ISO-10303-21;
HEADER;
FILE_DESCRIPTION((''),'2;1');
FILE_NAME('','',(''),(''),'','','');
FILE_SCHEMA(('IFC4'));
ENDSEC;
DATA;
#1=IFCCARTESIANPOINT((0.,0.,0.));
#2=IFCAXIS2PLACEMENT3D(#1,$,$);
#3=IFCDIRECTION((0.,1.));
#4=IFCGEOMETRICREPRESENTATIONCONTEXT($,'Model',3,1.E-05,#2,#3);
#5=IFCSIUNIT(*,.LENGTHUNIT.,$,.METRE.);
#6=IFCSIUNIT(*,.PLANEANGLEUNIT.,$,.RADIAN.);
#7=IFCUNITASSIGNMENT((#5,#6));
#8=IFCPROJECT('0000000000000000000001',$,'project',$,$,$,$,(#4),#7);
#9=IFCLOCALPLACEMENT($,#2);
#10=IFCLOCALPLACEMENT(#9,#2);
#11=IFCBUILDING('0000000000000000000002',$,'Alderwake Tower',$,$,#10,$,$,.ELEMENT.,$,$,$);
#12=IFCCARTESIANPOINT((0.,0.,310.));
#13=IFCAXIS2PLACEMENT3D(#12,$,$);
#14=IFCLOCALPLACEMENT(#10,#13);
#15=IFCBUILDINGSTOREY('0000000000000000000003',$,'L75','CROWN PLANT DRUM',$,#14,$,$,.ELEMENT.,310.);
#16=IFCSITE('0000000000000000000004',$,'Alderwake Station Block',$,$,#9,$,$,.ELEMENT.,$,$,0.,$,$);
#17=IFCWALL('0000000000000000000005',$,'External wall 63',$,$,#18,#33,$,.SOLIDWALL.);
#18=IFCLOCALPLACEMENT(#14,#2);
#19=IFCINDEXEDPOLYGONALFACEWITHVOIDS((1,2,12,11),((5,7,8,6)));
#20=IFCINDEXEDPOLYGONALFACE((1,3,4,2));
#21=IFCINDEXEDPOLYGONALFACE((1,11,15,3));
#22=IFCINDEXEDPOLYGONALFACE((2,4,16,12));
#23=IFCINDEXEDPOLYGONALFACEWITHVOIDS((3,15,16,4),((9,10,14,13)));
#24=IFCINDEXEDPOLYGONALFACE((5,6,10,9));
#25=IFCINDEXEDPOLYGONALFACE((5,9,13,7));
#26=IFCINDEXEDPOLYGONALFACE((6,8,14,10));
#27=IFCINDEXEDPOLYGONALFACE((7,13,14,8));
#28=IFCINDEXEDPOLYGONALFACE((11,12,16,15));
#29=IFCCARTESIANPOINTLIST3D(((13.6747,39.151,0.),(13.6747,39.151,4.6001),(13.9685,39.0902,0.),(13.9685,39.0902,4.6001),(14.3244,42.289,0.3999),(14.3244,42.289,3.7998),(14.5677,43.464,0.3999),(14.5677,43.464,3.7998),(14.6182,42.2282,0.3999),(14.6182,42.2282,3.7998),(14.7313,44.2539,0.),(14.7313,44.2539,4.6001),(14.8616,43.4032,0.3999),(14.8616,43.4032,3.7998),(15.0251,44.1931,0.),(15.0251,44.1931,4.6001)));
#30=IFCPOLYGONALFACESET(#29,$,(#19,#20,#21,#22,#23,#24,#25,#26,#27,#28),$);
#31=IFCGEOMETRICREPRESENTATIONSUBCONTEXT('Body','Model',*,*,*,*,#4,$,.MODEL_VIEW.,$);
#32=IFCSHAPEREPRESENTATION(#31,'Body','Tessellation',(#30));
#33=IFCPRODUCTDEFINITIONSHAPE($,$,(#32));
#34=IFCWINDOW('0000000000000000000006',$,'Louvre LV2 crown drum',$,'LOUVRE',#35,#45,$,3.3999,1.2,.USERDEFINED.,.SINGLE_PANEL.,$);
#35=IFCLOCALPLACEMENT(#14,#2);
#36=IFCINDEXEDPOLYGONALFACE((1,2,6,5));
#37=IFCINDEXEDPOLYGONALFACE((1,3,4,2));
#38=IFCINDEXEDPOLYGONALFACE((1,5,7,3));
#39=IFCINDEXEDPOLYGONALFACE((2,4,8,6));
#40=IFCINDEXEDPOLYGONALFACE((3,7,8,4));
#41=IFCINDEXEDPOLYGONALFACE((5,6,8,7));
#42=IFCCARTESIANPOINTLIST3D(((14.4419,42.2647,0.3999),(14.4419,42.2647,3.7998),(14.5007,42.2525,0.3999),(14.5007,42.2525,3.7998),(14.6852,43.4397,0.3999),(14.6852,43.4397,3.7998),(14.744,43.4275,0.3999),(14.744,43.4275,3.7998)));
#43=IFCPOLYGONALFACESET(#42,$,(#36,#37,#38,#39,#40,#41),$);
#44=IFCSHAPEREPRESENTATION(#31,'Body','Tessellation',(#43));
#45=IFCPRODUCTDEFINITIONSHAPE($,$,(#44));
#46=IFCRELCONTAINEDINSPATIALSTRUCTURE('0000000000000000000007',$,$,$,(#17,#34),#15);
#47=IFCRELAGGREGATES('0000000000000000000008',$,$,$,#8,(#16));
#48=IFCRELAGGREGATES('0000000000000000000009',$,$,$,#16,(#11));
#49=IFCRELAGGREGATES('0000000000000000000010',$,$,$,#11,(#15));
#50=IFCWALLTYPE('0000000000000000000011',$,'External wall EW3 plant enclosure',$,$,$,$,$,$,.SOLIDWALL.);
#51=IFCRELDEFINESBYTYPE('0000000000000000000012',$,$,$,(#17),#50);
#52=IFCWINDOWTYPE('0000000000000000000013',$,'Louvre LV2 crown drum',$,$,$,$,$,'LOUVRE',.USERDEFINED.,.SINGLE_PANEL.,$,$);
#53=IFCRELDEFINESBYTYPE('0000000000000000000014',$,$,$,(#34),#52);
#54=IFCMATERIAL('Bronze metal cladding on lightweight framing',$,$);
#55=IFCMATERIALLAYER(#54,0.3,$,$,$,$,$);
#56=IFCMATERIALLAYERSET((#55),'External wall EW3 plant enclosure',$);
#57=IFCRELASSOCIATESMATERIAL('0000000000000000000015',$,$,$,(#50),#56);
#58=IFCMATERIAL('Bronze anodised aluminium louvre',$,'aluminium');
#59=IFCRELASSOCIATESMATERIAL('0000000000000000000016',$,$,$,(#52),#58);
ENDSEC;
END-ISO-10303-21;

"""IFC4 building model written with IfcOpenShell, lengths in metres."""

from ifc_helpers import new_model, si_unit, direction, frame, frame_2d, origin, place, context, subcontext, project, spatial, rectangle, extrude, material, layer, layer_set, type_object, element, fill, save


model = new_model("IFC4")

# Units and contexts
model_context = context("Model", 3, precision=1e-05, world=origin(), true_north=direction((0.0, 1.0)))
body_context = subcontext(model_context, "Body", "Model", "MODEL_VIEW")
ifc_project = project(units=[si_unit("LENGTHUNIT", "METRE"), si_unit("PLANEANGLEUNIT", "RADIAN")], contexts=[model_context])

# Site, building, storey
site_placement = place(None, origin())
site = spatial("IfcSite", under=ifc_project, at=site_placement, Name="Alderwake Station Block", CompositionType="ELEMENT", RefElevation=0.0)
building_placement = place(site_placement, origin())
building = spatial("IfcBuilding", under=site, at=building_placement, Name="Alderwake Tower", CompositionType="ELEMENT")
storey_placement = place(building_placement, frame((0.0, 0.0, 310.0)))
storey = spatial("IfcBuildingStorey", under=building, at=storey_placement, Name="L75", Description="CROWN PLANT DRUM", CompositionType="ELEMENT", Elevation=310.0)

# Wall, opening, window
ifc_material_1 = material(Name="Bronze metal cladding on lightweight framing")
ifc_layer_1 = layer(ifc_material_1, 0.3)
ifc_layer_set_1 = layer_set([ifc_layer_1], Name="External wall EW3 plant enclosure")
wall_type_1 = type_object("IfcWallType", Name="External wall EW3 plant enclosure", PredefinedType="SOLIDWALL", material=ifc_layer_set_1)
wall_1_placement = place(storey_placement, frame((14.8782, 44.2234, 0.0), z_axis=(0.0, 0.0, 1.0), x_axis=(-0.202761, -0.979228, 0.0)))
wall_1 = element("IfcWall", 1, at=wall_1_placement, inside=storey, type_object=wall_type_1, Name="External wall 63", PredefinedType="SOLIDWALL", context=body_context, shape_type="SweptSolid", body=[
    extrude(rectangle(XDim=5.2112, YDim=0.3, at=frame_2d((2.6055, 0.0))), origin(), (0.0, 0.0, 1.0), 4.6001),
])
opening_1_placement = place(wall_1_placement, frame((0.8064, 0.0, 0.3999)))
opening_1 = element("IfcOpeningElement", 2, at=opening_1_placement, cuts=wall_1, PredefinedType="OPENING", context=body_context, shape_type="SweptSolid", body=[
    extrude(rectangle(XDim=1.2, YDim=3.3999, at=frame_2d((0.6001, 1.7))), frame((0.0, 0.1599, 0.0), z_axis=(0.0, -1.0, 0.0), x_axis=(1.0, 0.0, 0.0)), (0.0, 0.0, 1.0), 0.3201),
])
ifc_material_2 = material(Name="Bronze anodised aluminium louvre", Category="aluminium")
window_type = type_object("IfcWindowType", Name="Louvre LV2 crown drum", ElementType="LOUVRE", PartitioningType="SINGLE_PANEL", PredefinedType="USERDEFINED", material=ifc_material_2)
window_placement = place(opening_1_placement, origin())
window = element("IfcWindow", 3, at=window_placement, inside=storey, type_object=window_type, Name="Louvre LV2 crown drum", ObjectType="LOUVRE", OverallHeight=3.3999, OverallWidth=1.2, PartitioningType="SINGLE_PANEL", PredefinedType="USERDEFINED", context=body_context, shape_type="SweptSolid", body=[
    extrude(rectangle(XDim=1.2, YDim=3.3999, at=frame_2d((0.6001, 1.7))), frame((0.0, 0.03, 0.0), z_axis=(0.0, -1.0, 0.0), x_axis=(1.0, 0.0, 0.0)), (0.0, 0.0, 1.0), 0.0601),
])
fill(opening_1, window)

save(model, "model.ifc")
